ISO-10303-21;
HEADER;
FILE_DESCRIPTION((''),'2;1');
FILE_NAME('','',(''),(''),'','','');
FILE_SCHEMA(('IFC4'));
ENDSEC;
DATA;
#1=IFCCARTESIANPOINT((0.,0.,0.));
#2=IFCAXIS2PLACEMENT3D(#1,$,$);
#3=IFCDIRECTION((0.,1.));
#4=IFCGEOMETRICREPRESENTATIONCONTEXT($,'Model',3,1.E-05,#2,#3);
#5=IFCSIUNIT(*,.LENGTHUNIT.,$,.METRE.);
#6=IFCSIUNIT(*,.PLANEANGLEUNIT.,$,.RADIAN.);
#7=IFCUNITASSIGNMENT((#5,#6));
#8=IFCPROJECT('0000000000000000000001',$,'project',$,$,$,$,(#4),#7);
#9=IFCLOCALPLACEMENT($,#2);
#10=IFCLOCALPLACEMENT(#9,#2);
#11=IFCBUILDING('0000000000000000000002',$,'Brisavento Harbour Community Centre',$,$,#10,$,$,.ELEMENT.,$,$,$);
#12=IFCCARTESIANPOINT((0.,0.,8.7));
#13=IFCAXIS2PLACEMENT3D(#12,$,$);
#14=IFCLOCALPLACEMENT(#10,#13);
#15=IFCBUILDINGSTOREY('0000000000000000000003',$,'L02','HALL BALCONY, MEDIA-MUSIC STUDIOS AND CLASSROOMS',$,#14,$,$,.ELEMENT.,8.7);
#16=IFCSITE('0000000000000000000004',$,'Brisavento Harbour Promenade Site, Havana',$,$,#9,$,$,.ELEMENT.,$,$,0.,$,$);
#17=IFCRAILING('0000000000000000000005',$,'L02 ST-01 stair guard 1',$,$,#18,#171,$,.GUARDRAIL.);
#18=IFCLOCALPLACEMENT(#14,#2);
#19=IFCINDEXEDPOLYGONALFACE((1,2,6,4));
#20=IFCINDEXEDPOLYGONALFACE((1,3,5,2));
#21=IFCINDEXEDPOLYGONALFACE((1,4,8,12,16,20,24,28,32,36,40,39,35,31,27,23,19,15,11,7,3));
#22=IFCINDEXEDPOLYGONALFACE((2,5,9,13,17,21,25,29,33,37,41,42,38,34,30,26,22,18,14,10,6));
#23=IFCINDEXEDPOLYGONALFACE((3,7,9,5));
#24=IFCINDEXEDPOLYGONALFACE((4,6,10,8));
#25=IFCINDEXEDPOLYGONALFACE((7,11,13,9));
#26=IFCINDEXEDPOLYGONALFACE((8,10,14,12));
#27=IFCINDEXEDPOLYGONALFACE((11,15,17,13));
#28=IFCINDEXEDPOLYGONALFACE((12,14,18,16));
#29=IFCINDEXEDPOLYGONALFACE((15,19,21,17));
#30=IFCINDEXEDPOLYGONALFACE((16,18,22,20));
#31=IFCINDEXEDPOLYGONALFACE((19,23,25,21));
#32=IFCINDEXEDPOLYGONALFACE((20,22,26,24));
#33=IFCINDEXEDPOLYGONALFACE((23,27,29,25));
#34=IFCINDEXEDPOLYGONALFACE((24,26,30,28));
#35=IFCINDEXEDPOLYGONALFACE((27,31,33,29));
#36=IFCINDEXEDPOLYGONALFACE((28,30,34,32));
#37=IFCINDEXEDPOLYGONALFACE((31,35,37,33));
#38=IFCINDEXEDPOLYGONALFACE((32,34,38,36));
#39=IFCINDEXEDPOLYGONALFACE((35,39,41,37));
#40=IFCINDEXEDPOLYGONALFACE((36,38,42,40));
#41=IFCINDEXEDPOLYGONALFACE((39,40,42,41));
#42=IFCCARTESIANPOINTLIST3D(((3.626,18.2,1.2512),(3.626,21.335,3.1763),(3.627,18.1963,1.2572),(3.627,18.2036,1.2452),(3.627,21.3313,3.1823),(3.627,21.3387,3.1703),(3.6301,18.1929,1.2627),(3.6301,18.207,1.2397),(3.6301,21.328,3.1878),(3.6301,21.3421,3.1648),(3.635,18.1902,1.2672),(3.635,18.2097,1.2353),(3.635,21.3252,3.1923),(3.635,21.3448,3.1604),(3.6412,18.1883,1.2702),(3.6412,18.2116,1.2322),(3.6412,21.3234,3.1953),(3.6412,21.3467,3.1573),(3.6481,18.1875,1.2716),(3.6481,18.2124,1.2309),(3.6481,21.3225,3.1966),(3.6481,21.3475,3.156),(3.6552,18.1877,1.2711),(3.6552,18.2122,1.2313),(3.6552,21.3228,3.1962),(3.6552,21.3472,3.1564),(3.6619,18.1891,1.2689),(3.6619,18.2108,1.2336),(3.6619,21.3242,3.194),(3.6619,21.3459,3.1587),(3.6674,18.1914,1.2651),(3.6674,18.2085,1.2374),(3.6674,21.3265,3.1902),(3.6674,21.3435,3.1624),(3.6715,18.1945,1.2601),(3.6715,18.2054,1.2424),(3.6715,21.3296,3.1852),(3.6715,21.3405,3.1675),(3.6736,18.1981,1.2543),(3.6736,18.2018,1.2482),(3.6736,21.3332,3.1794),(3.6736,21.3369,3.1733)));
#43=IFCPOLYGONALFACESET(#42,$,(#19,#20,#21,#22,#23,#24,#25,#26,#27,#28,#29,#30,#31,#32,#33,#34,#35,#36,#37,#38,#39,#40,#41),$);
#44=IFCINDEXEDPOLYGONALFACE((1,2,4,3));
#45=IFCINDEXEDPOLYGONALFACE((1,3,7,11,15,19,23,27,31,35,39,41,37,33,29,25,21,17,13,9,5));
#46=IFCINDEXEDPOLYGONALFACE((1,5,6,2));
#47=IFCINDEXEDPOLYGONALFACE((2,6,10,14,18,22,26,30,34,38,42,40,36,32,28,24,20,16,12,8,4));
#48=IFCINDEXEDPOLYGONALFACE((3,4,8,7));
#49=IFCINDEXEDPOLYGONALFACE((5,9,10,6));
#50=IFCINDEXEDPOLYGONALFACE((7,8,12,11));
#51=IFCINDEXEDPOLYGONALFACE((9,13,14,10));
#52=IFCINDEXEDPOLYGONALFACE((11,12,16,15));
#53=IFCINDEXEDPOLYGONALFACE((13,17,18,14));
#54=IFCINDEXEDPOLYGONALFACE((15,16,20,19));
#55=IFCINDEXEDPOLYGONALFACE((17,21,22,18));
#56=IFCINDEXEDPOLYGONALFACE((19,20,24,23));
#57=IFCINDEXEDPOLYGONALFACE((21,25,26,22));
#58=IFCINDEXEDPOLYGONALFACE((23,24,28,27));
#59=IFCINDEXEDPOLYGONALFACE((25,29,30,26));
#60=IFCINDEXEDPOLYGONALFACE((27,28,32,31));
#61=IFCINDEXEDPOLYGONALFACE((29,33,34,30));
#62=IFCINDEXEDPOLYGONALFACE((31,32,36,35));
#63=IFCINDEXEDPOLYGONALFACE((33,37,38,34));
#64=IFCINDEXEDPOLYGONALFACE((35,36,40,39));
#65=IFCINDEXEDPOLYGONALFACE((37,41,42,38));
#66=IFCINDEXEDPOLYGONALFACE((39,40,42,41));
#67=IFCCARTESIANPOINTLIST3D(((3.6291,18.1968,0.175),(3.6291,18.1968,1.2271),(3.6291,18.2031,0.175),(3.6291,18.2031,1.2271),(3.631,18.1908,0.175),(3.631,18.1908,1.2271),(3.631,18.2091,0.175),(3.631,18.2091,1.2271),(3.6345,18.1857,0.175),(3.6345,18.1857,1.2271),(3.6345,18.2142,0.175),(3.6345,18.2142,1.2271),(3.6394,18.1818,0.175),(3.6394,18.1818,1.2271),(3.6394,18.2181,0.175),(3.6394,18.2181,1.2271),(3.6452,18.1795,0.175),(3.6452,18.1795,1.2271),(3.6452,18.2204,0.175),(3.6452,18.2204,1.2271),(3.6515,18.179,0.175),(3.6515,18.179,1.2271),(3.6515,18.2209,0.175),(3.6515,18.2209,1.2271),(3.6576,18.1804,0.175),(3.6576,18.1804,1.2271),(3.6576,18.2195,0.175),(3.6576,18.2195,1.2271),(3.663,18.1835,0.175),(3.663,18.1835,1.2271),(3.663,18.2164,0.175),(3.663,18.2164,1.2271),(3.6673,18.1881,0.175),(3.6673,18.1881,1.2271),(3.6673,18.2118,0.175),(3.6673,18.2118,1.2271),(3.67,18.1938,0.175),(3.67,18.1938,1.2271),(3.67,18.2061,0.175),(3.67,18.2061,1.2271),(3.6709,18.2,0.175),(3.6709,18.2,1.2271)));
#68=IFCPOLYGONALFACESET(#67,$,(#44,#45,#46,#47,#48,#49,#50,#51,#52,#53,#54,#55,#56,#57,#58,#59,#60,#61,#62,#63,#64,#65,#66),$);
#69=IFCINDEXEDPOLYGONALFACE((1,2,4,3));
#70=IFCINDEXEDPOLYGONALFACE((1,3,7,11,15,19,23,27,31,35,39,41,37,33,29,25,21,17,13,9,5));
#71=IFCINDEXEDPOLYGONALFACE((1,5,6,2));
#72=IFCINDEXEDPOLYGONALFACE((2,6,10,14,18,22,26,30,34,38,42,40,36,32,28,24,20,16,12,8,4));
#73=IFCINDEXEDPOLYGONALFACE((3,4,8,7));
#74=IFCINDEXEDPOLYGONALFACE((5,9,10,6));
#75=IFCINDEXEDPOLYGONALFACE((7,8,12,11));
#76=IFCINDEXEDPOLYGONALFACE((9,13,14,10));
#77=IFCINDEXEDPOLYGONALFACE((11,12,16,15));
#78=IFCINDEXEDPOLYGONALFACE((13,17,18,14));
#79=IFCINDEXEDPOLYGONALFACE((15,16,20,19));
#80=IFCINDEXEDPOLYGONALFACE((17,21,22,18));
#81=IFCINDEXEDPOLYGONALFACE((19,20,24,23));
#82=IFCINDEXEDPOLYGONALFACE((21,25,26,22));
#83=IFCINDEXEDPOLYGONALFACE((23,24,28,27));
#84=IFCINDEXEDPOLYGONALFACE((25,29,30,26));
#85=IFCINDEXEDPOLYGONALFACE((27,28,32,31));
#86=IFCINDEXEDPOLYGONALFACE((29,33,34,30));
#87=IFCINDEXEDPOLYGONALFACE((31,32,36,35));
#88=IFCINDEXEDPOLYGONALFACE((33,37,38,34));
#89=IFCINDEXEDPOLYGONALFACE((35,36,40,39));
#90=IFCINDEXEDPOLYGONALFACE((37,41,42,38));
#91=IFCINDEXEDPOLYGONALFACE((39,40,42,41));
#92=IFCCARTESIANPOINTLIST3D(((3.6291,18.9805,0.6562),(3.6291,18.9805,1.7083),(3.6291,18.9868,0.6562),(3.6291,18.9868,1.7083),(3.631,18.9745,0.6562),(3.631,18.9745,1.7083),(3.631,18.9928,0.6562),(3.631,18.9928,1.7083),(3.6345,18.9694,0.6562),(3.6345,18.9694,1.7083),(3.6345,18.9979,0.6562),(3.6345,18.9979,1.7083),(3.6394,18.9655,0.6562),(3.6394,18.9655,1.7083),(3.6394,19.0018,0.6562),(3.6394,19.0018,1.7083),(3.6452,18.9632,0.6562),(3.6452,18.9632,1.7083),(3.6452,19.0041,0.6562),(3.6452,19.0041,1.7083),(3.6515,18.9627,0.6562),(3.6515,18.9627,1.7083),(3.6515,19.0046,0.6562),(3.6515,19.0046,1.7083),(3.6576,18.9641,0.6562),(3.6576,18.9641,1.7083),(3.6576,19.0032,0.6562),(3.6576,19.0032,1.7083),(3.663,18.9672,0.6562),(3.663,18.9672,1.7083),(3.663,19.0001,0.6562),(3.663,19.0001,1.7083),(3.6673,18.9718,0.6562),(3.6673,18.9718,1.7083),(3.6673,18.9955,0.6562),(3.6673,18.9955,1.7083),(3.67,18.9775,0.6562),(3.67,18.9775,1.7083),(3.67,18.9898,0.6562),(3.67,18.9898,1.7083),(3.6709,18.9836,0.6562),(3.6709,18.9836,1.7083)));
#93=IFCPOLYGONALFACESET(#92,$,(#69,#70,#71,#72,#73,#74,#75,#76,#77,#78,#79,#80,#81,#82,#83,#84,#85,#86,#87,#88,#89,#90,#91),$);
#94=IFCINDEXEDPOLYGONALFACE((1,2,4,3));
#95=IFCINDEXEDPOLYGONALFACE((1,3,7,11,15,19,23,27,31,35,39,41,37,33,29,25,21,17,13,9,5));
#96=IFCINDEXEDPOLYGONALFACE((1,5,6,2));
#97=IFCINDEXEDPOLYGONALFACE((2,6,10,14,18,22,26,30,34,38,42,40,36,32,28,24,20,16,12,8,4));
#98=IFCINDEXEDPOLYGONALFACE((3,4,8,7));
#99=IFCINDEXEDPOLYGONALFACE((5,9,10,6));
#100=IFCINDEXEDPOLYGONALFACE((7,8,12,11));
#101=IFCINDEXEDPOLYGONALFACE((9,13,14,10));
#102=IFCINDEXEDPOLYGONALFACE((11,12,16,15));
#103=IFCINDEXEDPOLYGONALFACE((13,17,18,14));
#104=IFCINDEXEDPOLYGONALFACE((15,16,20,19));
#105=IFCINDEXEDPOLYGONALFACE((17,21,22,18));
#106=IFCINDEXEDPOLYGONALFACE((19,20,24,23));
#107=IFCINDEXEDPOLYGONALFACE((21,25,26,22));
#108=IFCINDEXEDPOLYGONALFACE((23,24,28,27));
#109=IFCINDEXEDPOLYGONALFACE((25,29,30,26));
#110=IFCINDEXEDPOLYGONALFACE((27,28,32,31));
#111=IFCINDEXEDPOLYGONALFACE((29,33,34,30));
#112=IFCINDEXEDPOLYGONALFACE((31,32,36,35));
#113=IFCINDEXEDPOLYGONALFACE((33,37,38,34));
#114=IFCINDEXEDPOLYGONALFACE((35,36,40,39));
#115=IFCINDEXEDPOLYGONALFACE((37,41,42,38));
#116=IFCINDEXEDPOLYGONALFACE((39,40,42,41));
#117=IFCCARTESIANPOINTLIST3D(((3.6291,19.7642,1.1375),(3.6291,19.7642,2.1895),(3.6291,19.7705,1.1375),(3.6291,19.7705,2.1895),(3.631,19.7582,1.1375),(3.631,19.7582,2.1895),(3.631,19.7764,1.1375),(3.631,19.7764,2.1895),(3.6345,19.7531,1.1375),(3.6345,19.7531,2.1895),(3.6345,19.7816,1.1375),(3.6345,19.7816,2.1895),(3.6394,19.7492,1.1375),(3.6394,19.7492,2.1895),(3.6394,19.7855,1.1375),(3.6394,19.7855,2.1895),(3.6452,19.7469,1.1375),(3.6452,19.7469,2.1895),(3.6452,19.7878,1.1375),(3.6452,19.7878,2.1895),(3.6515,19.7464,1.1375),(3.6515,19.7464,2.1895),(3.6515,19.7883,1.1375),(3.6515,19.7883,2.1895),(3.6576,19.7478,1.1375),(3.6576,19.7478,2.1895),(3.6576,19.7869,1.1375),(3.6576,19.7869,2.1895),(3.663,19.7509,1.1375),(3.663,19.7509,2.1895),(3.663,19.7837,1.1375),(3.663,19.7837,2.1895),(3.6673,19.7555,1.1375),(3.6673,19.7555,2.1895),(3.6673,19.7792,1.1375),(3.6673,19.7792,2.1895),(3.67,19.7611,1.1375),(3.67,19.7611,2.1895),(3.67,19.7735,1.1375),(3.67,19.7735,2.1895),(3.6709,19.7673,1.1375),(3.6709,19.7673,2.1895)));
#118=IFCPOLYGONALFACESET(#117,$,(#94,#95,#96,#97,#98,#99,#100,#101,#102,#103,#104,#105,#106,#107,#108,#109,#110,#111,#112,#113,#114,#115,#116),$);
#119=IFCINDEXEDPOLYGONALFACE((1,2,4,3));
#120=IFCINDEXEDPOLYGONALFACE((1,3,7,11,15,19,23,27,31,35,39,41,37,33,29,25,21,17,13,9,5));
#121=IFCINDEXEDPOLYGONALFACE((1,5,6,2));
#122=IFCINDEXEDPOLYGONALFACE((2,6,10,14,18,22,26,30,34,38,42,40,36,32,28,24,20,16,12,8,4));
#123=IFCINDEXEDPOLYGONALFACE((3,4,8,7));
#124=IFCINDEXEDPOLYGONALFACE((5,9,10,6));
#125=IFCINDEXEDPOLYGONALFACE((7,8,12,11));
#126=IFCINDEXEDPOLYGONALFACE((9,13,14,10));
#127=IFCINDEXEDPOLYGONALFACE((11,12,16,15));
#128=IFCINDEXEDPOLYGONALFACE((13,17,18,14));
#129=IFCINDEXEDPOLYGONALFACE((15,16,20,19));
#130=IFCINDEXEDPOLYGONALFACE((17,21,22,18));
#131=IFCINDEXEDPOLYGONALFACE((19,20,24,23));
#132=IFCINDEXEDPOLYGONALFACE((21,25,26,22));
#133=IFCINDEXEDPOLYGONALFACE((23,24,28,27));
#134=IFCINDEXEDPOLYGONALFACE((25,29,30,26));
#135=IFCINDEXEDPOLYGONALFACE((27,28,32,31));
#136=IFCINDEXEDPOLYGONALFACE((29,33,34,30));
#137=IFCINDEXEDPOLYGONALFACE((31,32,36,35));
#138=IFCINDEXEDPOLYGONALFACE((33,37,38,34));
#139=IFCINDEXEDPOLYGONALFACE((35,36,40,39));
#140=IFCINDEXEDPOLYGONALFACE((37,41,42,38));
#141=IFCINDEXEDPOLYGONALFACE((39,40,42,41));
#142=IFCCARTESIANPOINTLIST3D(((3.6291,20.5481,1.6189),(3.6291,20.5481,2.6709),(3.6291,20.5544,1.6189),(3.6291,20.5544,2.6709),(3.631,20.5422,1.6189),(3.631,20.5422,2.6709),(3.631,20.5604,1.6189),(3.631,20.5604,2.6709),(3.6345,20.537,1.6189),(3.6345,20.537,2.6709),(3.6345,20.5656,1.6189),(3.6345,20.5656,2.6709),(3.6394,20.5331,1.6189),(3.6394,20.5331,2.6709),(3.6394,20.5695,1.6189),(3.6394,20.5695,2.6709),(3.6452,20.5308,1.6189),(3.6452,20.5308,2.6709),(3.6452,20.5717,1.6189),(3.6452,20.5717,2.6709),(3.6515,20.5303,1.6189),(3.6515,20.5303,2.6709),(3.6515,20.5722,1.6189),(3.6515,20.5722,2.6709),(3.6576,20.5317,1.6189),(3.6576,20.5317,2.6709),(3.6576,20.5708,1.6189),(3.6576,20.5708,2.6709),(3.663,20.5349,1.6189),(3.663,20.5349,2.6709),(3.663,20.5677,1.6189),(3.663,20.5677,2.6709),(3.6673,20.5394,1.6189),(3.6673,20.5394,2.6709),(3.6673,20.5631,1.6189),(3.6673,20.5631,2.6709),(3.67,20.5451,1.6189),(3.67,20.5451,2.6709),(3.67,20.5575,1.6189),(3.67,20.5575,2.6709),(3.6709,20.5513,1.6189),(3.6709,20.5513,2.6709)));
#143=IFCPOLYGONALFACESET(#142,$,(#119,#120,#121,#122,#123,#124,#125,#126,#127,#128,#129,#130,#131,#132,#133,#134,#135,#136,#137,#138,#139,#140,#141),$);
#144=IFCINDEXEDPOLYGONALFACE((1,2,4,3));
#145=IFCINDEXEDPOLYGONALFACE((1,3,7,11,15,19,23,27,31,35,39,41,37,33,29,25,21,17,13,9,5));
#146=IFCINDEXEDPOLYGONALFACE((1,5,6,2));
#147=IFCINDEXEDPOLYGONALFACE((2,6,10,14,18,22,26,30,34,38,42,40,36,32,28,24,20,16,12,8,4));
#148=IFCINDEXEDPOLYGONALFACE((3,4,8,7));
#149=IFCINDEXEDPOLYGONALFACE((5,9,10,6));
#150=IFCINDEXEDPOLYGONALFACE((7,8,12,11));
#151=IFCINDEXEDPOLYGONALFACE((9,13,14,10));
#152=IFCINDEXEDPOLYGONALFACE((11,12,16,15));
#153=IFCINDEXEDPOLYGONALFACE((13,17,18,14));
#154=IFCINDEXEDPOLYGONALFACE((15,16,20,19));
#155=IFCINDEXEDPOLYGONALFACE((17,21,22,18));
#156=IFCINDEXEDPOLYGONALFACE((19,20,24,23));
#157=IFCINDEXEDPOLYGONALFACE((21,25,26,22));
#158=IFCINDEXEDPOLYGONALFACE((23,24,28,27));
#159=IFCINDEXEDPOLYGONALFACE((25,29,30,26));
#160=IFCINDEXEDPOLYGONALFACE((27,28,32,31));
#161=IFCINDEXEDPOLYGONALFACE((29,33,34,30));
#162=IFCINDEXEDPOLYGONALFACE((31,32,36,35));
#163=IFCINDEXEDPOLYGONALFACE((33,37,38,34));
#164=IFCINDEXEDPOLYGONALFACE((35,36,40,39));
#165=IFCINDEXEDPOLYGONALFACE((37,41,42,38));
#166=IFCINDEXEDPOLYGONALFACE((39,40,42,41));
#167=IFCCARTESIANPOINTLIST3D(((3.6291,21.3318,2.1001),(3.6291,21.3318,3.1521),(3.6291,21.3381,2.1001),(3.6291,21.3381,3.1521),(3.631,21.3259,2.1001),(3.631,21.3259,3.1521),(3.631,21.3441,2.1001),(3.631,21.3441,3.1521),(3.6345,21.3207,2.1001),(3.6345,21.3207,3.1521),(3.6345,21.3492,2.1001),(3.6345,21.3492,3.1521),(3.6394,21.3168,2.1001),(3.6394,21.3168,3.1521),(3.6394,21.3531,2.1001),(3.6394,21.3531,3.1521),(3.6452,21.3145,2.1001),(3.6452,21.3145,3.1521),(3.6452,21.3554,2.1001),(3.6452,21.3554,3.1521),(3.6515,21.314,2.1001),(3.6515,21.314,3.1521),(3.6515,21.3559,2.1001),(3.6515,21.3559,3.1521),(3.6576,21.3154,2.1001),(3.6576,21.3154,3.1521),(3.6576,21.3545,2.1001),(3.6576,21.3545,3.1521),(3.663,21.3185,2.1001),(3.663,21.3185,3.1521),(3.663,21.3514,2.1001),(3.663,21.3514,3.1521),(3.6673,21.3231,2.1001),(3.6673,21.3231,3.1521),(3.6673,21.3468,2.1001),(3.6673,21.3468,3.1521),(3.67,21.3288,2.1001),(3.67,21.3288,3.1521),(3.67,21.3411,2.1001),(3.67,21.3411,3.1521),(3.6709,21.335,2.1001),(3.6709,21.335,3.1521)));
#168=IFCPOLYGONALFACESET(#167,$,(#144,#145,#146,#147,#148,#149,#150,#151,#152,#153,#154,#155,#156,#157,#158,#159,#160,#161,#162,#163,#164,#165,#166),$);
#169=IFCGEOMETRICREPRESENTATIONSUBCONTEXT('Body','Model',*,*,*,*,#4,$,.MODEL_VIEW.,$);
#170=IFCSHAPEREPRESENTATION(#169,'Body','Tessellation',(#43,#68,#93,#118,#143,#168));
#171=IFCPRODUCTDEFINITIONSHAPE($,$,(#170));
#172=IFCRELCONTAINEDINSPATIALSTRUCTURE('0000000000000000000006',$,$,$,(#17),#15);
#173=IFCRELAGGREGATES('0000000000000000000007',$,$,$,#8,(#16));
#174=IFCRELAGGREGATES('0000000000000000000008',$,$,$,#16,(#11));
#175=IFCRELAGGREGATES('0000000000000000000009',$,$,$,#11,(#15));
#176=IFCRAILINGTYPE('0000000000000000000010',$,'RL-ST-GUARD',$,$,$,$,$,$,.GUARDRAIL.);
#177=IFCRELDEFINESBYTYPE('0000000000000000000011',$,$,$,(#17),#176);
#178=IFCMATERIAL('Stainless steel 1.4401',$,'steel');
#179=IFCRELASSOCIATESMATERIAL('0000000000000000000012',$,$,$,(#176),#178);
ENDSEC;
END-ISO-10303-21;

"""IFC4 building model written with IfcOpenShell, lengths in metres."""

from ifc_helpers import new_model, si_unit, direction, frame, origin, origin_2d, place, context, subcontext, project, spatial, circle, extrude, material, type_object, element, save


model = new_model("IFC4")

# Units and contexts
model_context = context("Model", 3, precision=1e-05, world=origin(), true_north=direction((0.0, 1.0)))
body_context = subcontext(model_context, "Body", "Model", "MODEL_VIEW")
ifc_project = project(units=[si_unit("LENGTHUNIT", "METRE"), si_unit("PLANEANGLEUNIT", "RADIAN")], contexts=[model_context])

# Site, building, storey
site_placement = place(None, origin())
site = spatial("IfcSite", under=ifc_project, at=site_placement, Name="Brisavento Harbour Promenade Site, Havana", CompositionType="ELEMENT", RefElevation=0.0)
building_placement = place(site_placement, origin())
building = spatial("IfcBuilding", under=site, at=building_placement, Name="Brisavento Harbour Community Centre", CompositionType="ELEMENT")
storey_placement = place(building_placement, frame((0.0, 0.0, 8.7)))
storey = spatial("IfcBuildingStorey", under=building, at=storey_placement, Name="L02", Description="HALL BALCONY, MEDIA-MUSIC STUDIOS AND CLASSROOMS", CompositionType="ELEMENT", Elevation=8.7)

# Railing
ifc_material_1 = material(Name="Stainless steel 1.4401", Category="steel")
railing_type_1 = type_object("IfcRailingType", Name="RL-ST-GUARD", PredefinedType="GUARDRAIL", material=ifc_material_1)
railing_1_placement = place(storey_placement, frame((3.6499, 18.2, 0.175)))
element("IfcRailing", 1, at=railing_1_placement, inside=storey, type_object=railing_type_1, Name="L02 ST-01 stair guard 1", PredefinedType="GUARDRAIL", context=body_context, shape_type="SweptSolid", body=[
    extrude(circle(Radius=0.0239, at=origin_2d()), frame((0.0, 0.0, 1.0762), z_axis=(0.0, 0.852166, 0.523271), x_axis=(-1.0, 0.0, 0.0)), (0.0, 0.0, 1.0), 3.679),
    extrude(circle(Radius=0.021, at=origin_2d()), origin(), (0.0, 0.0, 1.0), 1.052),
    extrude(circle(Radius=0.021, at=origin_2d()), frame((0.0, 0.7837, 0.4812)), (0.0, 0.0, 1.0), 1.052),
    extrude(circle(Radius=0.021, at=origin_2d()), frame((0.0, 1.5674, 0.9624)), (0.0, 0.0, 1.0), 1.052),
    extrude(circle(Radius=0.021, at=origin_2d()), frame((0.0, 2.3513, 1.4438)), (0.0, 0.0, 1.0), 1.052),
    extrude(circle(Radius=0.021, at=origin_2d()), frame((0.0, 3.135, 1.925)), (0.0, 0.0, 1.0), 1.052),
])

save(model, "model.ifc")
